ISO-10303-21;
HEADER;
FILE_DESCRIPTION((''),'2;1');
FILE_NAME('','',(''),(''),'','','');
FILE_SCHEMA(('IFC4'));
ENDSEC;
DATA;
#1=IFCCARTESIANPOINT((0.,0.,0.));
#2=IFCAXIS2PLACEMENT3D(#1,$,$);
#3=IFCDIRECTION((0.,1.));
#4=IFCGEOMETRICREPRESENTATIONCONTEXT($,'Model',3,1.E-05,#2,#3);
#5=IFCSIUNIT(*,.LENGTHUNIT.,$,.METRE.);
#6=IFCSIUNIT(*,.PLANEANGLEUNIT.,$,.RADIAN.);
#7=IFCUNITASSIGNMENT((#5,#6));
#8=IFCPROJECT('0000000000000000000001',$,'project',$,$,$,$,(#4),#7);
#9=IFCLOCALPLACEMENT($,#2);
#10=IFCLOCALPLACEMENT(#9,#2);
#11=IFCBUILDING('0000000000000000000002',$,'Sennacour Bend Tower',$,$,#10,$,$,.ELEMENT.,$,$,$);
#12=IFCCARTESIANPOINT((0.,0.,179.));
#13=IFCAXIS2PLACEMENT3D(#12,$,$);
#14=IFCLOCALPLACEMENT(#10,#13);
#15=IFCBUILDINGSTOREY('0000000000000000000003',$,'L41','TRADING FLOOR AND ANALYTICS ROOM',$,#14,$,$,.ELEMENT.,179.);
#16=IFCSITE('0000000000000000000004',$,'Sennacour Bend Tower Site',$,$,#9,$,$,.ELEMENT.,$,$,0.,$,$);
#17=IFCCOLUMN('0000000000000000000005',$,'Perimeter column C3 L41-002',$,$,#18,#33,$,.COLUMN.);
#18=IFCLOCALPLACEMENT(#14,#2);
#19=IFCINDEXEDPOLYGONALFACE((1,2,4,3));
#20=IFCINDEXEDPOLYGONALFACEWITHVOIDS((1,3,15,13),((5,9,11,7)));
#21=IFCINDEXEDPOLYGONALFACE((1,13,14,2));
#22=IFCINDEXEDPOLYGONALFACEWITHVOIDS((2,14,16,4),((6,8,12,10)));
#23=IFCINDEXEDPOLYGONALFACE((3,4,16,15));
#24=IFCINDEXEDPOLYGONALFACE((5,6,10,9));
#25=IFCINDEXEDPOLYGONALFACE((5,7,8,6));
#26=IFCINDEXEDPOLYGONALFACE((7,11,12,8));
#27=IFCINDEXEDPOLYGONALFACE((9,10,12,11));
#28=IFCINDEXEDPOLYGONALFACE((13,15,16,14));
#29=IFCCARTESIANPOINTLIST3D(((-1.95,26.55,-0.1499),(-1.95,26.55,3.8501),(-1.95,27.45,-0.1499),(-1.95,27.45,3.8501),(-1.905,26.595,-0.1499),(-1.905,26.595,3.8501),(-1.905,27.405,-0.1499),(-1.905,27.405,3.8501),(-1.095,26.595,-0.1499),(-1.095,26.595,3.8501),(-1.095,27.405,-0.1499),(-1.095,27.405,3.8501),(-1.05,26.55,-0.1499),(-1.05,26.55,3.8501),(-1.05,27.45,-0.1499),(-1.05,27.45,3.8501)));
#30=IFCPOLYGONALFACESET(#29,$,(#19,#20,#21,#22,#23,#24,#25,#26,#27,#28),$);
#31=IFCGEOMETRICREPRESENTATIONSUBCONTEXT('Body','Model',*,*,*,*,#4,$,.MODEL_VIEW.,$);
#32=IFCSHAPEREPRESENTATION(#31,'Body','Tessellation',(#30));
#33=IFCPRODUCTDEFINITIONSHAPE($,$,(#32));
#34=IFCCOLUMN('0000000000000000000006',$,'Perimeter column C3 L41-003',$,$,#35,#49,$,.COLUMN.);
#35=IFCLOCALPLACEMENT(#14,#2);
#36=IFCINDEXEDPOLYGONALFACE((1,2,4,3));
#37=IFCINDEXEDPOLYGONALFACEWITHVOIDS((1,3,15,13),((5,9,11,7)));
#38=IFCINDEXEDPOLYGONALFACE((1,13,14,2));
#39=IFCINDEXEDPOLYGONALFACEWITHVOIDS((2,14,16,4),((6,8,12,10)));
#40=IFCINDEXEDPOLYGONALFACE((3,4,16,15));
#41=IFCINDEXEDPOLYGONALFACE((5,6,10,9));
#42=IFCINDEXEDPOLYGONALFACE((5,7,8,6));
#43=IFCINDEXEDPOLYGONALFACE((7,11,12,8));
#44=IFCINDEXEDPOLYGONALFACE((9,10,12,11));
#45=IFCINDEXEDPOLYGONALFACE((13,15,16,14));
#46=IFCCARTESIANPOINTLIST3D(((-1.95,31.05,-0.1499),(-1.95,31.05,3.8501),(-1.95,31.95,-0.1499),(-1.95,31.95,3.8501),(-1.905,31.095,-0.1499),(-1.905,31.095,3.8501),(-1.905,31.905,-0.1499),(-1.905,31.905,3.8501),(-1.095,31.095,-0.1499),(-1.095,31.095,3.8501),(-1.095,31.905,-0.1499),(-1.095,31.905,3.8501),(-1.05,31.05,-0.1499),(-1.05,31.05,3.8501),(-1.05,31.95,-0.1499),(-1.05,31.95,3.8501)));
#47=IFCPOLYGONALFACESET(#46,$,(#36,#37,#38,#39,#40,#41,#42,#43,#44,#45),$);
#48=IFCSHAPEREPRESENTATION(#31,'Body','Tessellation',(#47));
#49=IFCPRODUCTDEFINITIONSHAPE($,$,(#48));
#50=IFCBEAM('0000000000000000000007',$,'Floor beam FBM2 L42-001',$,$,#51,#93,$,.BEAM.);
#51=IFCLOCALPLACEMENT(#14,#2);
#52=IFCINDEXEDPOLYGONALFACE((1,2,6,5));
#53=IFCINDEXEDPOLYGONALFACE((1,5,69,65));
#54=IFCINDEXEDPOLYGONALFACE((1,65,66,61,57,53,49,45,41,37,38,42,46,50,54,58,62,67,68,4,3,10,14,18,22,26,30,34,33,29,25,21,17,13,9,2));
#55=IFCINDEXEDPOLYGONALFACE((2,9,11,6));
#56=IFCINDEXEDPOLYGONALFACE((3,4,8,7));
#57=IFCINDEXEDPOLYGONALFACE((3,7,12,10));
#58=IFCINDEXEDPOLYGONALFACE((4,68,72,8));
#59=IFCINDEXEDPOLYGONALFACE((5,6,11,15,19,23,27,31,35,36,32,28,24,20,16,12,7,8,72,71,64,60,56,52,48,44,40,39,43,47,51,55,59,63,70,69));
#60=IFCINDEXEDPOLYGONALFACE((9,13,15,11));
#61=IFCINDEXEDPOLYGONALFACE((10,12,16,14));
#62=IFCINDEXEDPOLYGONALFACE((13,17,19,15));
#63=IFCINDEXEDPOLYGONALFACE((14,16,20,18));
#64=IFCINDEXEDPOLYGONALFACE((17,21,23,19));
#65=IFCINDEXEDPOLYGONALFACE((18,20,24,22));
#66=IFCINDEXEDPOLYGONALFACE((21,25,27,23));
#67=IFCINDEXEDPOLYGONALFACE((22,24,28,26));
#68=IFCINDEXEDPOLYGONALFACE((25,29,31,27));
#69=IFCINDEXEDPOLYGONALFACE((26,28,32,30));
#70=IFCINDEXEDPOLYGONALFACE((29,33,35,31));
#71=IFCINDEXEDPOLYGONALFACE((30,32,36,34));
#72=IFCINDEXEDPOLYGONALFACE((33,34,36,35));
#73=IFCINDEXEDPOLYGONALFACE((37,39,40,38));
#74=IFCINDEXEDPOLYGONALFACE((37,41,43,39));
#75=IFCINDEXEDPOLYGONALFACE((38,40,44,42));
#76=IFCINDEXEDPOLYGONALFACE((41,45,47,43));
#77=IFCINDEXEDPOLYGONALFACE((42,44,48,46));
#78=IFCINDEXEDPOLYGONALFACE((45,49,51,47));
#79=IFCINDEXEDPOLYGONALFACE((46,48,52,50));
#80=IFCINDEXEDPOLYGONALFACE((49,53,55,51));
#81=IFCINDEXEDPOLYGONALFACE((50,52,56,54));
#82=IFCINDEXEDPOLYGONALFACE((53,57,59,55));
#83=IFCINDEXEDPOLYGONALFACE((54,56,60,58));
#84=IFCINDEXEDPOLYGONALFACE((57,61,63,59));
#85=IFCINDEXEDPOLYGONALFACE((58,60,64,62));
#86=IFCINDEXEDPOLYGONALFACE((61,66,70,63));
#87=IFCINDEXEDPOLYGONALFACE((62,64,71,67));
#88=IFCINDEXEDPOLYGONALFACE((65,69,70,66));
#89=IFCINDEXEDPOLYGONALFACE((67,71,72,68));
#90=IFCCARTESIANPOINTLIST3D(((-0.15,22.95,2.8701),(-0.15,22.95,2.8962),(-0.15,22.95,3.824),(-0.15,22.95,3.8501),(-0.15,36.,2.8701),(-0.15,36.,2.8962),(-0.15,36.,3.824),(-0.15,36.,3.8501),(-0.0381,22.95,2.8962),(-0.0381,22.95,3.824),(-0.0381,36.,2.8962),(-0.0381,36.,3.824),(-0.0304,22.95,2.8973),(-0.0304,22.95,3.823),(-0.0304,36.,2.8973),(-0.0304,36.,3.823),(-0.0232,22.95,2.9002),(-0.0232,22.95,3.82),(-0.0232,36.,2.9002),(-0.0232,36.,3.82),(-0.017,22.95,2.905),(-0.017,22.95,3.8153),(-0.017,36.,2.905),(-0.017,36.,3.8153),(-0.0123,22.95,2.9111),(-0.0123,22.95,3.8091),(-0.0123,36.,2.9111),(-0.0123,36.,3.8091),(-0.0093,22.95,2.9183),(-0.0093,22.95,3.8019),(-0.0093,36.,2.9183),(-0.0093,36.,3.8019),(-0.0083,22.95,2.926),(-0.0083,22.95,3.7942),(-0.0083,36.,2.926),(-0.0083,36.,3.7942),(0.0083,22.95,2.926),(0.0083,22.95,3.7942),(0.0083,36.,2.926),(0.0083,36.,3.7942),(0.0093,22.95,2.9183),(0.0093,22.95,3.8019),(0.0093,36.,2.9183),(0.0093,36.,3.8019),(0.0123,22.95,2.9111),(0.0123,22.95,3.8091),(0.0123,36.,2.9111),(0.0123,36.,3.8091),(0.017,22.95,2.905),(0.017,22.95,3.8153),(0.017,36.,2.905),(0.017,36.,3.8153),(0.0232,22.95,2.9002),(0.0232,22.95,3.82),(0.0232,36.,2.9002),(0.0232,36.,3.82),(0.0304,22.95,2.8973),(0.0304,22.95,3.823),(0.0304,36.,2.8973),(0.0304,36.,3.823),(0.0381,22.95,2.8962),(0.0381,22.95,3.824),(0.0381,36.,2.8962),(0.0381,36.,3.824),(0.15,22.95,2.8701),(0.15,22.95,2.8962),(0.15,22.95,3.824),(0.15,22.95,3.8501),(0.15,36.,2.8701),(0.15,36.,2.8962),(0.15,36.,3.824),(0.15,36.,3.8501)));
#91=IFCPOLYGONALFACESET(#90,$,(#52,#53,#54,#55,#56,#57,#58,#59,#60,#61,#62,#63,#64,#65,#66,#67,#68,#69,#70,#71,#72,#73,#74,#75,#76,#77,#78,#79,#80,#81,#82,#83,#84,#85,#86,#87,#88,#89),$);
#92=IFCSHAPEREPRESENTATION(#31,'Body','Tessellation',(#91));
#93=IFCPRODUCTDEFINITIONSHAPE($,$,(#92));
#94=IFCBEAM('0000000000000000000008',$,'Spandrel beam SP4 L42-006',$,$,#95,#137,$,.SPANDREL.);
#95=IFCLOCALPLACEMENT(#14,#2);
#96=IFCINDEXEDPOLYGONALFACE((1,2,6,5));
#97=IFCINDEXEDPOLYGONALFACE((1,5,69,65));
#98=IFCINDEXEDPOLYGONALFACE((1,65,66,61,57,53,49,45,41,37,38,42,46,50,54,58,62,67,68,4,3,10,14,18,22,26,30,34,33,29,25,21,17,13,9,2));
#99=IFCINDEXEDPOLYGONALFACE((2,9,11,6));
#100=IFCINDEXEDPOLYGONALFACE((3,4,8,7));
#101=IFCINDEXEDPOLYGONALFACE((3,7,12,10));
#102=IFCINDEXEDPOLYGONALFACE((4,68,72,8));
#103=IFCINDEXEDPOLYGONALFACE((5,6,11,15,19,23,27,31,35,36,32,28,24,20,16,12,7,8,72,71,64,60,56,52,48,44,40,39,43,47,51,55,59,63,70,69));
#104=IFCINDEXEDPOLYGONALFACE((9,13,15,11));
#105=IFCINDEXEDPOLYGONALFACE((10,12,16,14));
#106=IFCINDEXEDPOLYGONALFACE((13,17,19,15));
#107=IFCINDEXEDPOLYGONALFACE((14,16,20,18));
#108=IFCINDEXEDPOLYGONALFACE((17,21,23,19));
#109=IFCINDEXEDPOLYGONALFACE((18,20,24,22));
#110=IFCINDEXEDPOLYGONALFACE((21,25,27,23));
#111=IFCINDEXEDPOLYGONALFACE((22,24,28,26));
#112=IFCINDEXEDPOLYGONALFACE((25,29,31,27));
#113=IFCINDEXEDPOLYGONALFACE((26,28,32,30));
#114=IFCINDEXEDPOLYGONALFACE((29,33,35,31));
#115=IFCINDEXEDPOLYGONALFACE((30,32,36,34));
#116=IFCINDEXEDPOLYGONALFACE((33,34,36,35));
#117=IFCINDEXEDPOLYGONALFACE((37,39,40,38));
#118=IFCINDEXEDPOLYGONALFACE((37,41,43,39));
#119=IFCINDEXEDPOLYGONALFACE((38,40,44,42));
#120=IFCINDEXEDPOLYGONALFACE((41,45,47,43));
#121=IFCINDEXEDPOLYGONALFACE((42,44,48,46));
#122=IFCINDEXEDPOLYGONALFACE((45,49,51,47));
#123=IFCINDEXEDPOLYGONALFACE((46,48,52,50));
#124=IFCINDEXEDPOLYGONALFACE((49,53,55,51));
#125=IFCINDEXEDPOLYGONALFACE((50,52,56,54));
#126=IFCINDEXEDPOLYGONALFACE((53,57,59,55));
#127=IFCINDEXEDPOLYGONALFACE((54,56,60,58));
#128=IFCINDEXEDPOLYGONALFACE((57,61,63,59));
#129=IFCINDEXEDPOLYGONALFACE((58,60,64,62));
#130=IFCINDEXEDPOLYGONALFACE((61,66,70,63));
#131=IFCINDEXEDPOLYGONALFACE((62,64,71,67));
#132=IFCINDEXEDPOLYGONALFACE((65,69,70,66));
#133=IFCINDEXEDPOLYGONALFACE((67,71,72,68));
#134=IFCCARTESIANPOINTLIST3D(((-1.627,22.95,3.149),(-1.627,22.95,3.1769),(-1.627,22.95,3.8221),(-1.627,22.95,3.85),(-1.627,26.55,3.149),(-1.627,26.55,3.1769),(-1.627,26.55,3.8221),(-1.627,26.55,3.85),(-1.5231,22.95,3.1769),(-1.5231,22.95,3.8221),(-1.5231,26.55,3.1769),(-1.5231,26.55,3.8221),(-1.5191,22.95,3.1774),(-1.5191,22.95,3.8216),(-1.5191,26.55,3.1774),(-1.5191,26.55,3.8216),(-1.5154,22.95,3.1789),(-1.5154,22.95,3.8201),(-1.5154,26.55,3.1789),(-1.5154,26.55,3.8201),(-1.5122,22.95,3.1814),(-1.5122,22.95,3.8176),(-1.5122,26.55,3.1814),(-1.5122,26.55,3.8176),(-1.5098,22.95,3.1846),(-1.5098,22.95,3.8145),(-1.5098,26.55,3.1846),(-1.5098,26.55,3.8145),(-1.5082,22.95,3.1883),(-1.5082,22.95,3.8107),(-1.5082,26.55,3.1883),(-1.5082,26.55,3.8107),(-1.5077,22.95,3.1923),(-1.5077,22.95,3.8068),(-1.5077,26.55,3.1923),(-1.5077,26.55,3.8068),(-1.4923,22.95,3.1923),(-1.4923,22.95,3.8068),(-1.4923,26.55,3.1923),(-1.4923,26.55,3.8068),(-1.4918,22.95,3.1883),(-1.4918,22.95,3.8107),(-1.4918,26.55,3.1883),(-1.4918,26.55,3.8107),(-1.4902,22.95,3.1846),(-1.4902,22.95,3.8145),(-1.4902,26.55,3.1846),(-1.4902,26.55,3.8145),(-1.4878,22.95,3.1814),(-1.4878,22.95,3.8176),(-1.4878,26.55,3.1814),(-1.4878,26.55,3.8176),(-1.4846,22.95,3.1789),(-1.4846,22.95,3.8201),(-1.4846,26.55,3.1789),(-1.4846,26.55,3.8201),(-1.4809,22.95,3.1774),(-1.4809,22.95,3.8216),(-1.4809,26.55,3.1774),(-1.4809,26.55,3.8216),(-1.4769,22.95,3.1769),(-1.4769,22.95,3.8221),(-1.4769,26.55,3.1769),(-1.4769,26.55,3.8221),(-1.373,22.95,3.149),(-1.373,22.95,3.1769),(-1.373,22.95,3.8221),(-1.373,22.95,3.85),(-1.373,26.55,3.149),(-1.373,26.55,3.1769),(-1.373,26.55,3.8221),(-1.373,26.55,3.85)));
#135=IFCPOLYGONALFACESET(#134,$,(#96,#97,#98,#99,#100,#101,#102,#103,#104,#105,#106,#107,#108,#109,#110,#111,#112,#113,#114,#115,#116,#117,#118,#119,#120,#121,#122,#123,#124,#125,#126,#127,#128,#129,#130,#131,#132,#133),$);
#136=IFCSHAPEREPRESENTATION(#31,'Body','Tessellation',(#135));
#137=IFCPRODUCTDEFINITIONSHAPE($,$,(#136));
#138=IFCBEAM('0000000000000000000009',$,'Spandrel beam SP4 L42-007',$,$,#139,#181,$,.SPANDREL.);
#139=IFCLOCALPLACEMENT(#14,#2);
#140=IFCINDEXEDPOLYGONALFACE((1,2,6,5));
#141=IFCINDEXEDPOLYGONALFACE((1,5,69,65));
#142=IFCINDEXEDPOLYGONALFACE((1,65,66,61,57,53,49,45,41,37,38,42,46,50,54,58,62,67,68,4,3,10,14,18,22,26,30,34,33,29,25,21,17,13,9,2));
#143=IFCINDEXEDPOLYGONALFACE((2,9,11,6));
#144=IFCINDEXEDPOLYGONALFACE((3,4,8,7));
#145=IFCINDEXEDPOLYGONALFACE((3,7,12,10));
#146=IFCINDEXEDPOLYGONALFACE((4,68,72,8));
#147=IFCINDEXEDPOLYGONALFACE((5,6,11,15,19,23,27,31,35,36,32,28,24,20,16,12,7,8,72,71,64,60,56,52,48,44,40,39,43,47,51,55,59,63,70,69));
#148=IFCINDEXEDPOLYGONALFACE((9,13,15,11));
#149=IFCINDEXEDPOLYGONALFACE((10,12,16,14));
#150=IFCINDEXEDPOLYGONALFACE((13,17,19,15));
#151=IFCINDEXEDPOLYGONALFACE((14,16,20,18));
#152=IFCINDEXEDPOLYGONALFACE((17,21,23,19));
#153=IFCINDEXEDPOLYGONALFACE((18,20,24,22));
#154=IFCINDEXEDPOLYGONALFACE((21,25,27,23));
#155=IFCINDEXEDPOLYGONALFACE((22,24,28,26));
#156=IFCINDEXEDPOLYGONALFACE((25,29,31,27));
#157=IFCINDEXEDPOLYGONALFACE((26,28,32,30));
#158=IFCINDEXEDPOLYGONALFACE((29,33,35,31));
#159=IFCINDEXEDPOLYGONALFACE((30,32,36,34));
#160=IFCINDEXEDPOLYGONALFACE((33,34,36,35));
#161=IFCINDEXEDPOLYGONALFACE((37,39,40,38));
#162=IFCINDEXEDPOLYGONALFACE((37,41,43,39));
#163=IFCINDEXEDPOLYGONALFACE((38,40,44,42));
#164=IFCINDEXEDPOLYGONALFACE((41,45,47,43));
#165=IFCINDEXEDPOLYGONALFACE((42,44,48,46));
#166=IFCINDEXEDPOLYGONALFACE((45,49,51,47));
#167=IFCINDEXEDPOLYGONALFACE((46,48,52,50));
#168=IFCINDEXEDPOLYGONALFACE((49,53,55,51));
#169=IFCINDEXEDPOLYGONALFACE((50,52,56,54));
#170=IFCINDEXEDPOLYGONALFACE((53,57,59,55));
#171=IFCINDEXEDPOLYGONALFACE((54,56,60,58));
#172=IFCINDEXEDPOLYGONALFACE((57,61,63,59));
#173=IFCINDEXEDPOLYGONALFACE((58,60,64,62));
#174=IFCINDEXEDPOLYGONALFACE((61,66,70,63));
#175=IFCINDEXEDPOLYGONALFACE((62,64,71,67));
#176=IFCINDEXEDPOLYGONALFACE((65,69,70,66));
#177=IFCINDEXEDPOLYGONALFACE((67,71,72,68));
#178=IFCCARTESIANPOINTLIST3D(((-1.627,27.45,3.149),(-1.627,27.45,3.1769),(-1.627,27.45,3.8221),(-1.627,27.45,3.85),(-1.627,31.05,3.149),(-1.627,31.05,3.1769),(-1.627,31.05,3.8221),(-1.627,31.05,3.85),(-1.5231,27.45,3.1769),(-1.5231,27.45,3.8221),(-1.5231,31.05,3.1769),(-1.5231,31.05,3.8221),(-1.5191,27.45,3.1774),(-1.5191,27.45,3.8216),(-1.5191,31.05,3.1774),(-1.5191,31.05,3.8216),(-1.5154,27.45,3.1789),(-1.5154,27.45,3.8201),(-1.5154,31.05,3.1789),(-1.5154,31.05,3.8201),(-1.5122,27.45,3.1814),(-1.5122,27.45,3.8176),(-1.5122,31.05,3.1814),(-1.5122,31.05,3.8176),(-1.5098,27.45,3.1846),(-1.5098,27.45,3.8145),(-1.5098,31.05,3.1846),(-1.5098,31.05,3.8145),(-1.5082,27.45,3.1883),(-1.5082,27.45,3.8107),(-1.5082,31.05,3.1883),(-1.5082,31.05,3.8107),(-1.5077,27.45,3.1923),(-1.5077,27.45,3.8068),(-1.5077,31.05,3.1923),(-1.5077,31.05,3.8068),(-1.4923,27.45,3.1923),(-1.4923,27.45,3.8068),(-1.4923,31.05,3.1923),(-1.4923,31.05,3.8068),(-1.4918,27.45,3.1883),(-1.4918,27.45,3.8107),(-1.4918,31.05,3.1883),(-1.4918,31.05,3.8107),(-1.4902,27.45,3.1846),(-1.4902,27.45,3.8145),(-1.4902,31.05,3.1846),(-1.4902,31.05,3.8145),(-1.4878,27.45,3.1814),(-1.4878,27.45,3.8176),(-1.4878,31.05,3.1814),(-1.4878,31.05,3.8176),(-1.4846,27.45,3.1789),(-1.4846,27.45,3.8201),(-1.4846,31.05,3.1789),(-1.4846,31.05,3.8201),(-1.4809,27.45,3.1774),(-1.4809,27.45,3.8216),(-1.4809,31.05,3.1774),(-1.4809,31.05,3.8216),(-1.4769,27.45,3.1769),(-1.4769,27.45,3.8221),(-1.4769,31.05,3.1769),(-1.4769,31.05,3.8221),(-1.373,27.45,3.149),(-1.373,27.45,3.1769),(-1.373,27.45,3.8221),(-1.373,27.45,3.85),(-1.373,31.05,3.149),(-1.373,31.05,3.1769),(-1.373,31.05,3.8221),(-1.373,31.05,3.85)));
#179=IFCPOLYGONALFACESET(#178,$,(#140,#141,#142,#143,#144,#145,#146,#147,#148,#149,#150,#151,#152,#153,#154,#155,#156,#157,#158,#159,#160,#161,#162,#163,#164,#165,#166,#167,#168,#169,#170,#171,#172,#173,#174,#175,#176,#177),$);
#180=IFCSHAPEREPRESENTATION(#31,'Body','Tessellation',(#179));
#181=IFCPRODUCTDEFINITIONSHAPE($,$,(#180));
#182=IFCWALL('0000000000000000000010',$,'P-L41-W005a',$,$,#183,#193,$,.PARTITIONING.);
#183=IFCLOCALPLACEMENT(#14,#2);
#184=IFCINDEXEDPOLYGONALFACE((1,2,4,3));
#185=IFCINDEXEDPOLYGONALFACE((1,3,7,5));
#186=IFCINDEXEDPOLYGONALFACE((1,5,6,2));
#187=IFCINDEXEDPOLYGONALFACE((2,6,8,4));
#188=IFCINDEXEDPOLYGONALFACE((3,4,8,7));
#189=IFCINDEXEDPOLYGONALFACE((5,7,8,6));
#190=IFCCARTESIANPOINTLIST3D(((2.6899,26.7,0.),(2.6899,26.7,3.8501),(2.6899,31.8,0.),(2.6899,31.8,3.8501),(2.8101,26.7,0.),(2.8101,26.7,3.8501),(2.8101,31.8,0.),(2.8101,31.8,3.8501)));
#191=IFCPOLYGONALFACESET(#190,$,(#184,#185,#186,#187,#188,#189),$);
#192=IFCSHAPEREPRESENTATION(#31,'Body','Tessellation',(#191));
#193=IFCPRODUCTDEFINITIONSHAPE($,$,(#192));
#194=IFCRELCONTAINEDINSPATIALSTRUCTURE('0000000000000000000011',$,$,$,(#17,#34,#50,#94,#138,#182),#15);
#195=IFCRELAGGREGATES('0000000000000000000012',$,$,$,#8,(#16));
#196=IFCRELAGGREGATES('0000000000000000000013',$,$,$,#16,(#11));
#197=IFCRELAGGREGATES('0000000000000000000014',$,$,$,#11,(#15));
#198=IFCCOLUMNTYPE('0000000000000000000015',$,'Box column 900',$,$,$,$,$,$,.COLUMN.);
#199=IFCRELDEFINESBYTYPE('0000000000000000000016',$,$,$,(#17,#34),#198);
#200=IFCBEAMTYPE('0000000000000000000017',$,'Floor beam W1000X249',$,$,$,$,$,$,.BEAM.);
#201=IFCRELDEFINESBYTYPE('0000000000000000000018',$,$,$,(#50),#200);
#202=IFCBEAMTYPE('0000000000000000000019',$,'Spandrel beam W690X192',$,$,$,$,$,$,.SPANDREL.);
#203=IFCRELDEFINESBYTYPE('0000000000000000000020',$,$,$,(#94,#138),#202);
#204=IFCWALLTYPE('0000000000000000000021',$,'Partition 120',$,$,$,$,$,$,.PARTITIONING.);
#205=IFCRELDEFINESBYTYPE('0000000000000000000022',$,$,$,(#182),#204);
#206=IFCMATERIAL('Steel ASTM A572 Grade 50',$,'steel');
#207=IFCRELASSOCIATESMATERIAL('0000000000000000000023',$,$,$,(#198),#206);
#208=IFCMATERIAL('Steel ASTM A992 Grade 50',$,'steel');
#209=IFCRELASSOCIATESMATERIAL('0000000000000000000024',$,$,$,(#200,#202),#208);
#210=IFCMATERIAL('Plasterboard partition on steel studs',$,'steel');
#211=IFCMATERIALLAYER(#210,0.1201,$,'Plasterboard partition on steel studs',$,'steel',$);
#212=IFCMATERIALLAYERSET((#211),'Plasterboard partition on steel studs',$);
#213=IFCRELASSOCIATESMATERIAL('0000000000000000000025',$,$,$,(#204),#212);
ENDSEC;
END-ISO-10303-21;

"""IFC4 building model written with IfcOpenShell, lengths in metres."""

from ifc_helpers import new_model, si_unit, direction, frame, frame_2d, origin, origin_2d, place, context, subcontext, project, spatial, rectangle, hollow_rectangle, i_section, extrude, material, layer, layer_set, material_profile, profile_set, type_object, element, save


model = new_model("IFC4")

# Units and contexts
model_context = context("Model", 3, precision=1e-05, world=origin(), true_north=direction((0.0, 1.0)))
body_context = subcontext(model_context, "Body", "Model", "MODEL_VIEW")
ifc_project = project(units=[si_unit("LENGTHUNIT", "METRE"), si_unit("PLANEANGLEUNIT", "RADIAN")], contexts=[model_context])

# Site, building, storey
site_placement = place(None, origin())
site = spatial("IfcSite", under=ifc_project, at=site_placement, Name="Sennacour Bend Tower Site", CompositionType="ELEMENT", RefElevation=0.0)
building_placement = place(site_placement, origin())
building = spatial("IfcBuilding", under=site, at=building_placement, Name="Sennacour Bend Tower", CompositionType="ELEMENT")
storey_placement = place(building_placement, frame((0.0, 0.0, 179.0)))
storey = spatial("IfcBuildingStorey", under=building, at=storey_placement, Name="L41", Description="TRADING FLOOR AND ANALYTICS ROOM", CompositionType="ELEMENT", Elevation=179.0)

# Columns
ifc_material_1 = material(Name="Steel ASTM A572 Grade 50", Category="steel")
ifc_material_profile_1 = material_profile(ifc_material_1, hollow_rectangle(XDim=0.8999, YDim=0.8999, WallThickness=0.0449, at=origin_2d()), Name="Steel ASTM A572 Grade 50", Category="steel")
ifc_profile_set_1 = profile_set([ifc_material_profile_1], Name="Steel ASTM A572 Grade 50")
column_type = type_object("IfcColumnType", Name="Box column 900", PredefinedType="COLUMN", material=ifc_profile_set_1)
for number, where, z_axis, x_axis, name in (
    (1, (-1.5, 27.0, -0.1499), (0.0, 0.0, 1.0), (1.0, 0.0, 0.0), "Perimeter column C3 L41-002"),
    (2, (-1.5, 31.5, -0.1499), (0.0, 0.0, 1.0), (1.0, 0.0, 0.0), "Perimeter column C3 L41-003"),
):
    element("IfcColumn", number, at=place(storey_placement, frame(where, z_axis=z_axis, x_axis=x_axis)), inside=storey, type_object=column_type, Name=name, PredefinedType="COLUMN", context=body_context, shape_type="SweptSolid", body=[
        extrude(hollow_rectangle(XDim=0.8999, YDim=0.8999, WallThickness=0.0449, at=origin_2d()), origin(), (0.0, 0.0, 1.0), 4.0),
    ])

# Beams
ifc_material_2 = material(Name="Steel ASTM A992 Grade 50", Category="steel")
ifc_material_profile_2 = material_profile(ifc_material_2, i_section(OverallWidth=0.3, OverallDepth=0.98, WebThickness=0.0166, FlangeThickness=0.0261, FilletRadius=0.0298, at=origin_2d()), Name="Steel ASTM A992 Grade 50", Category="steel")
ifc_profile_set_2 = profile_set([ifc_material_profile_2], Name="Steel ASTM A992 Grade 50")
beam_type_1 = type_object("IfcBeamType", Name="Floor beam W1000X249", PredefinedType="BEAM", material=ifc_profile_set_2)
beam_placement = place(storey_placement, frame((0.0, 22.95, 3.3601), z_axis=(0.0, 1.0, 0.0), x_axis=(-1.0, 0.0, 0.0)))
element("IfcBeam", 3, at=beam_placement, inside=storey, type_object=beam_type_1, Name="Floor beam FBM2 L42-001", PredefinedType="BEAM", context=body_context, shape_type="SweptSolid", body=[
    extrude(i_section(OverallWidth=0.3, OverallDepth=0.98, WebThickness=0.0166, FlangeThickness=0.0261, FilletRadius=0.0298, at=origin_2d()), origin(), (0.0, 0.0, 1.0), 13.05),
])
ifc_material_profile_3 = material_profile(ifc_material_2, i_section(OverallWidth=0.2539, OverallDepth=0.7009, WebThickness=0.0154, FlangeThickness=0.0278, FilletRadius=0.0154, at=origin_2d()), Name="Steel ASTM A992 Grade 50", Category="steel")
ifc_profile_set_3 = profile_set([ifc_material_profile_3], Name="Steel ASTM A992 Grade 50")
beam_type_2 = type_object("IfcBeamType", Name="Spandrel beam W690X192", PredefinedType="SPANDREL", material=ifc_profile_set_3)
for number, where, z_axis, x_axis, name in (
    (4, (-1.5, 22.95, 3.4995), (0.0, 1.0, 0.0), (-1.0, 0.0, 0.0), "Spandrel beam SP4 L42-006"),
    (5, (-1.5, 27.45, 3.4995), (0.0, 1.0, 0.0), (-1.0, 0.0, 0.0), "Spandrel beam SP4 L42-007"),
):
    element("IfcBeam", number, at=place(storey_placement, frame(where, z_axis=z_axis, x_axis=x_axis)), inside=storey, type_object=beam_type_2, Name=name, PredefinedType="SPANDREL", context=body_context, shape_type="SweptSolid", body=[
        extrude(i_section(OverallWidth=0.2539, OverallDepth=0.7009, WebThickness=0.0154, FlangeThickness=0.0278, FilletRadius=0.0154, at=origin_2d()), origin(), (0.0, 0.0, 1.0), 3.6001),
    ])

# Wall
ifc_material_3 = material(Name="Plasterboard partition on steel studs", Category="steel")
ifc_layer_1 = layer(ifc_material_3, 0.1201, Name="Plasterboard partition on steel studs", Category="steel")
ifc_layer_set_1 = layer_set([ifc_layer_1], Name="Plasterboard partition on steel studs")
wall_type_1 = type_object("IfcWallType", Name="Partition 120", PredefinedType="PARTITIONING", material=ifc_layer_set_1)
wall_1_placement = place(storey_placement, frame((2.75, 26.7, 0.0), z_axis=(0.0, 0.0, 1.0), x_axis=(0.0, 1.0, 0.0)))
element("IfcWall", 6, at=wall_1_placement, inside=storey, type_object=wall_type_1, Name="P-L41-W005a", PredefinedType="PARTITIONING", context=body_context, shape_type="SweptSolid", body=[
    extrude(rectangle(XDim=5.1001, YDim=0.1201, at=frame_2d((2.55, 0.0))), origin(), (0.0, 0.0, 1.0), 3.8501),
])

save(model, "model.ifc")
